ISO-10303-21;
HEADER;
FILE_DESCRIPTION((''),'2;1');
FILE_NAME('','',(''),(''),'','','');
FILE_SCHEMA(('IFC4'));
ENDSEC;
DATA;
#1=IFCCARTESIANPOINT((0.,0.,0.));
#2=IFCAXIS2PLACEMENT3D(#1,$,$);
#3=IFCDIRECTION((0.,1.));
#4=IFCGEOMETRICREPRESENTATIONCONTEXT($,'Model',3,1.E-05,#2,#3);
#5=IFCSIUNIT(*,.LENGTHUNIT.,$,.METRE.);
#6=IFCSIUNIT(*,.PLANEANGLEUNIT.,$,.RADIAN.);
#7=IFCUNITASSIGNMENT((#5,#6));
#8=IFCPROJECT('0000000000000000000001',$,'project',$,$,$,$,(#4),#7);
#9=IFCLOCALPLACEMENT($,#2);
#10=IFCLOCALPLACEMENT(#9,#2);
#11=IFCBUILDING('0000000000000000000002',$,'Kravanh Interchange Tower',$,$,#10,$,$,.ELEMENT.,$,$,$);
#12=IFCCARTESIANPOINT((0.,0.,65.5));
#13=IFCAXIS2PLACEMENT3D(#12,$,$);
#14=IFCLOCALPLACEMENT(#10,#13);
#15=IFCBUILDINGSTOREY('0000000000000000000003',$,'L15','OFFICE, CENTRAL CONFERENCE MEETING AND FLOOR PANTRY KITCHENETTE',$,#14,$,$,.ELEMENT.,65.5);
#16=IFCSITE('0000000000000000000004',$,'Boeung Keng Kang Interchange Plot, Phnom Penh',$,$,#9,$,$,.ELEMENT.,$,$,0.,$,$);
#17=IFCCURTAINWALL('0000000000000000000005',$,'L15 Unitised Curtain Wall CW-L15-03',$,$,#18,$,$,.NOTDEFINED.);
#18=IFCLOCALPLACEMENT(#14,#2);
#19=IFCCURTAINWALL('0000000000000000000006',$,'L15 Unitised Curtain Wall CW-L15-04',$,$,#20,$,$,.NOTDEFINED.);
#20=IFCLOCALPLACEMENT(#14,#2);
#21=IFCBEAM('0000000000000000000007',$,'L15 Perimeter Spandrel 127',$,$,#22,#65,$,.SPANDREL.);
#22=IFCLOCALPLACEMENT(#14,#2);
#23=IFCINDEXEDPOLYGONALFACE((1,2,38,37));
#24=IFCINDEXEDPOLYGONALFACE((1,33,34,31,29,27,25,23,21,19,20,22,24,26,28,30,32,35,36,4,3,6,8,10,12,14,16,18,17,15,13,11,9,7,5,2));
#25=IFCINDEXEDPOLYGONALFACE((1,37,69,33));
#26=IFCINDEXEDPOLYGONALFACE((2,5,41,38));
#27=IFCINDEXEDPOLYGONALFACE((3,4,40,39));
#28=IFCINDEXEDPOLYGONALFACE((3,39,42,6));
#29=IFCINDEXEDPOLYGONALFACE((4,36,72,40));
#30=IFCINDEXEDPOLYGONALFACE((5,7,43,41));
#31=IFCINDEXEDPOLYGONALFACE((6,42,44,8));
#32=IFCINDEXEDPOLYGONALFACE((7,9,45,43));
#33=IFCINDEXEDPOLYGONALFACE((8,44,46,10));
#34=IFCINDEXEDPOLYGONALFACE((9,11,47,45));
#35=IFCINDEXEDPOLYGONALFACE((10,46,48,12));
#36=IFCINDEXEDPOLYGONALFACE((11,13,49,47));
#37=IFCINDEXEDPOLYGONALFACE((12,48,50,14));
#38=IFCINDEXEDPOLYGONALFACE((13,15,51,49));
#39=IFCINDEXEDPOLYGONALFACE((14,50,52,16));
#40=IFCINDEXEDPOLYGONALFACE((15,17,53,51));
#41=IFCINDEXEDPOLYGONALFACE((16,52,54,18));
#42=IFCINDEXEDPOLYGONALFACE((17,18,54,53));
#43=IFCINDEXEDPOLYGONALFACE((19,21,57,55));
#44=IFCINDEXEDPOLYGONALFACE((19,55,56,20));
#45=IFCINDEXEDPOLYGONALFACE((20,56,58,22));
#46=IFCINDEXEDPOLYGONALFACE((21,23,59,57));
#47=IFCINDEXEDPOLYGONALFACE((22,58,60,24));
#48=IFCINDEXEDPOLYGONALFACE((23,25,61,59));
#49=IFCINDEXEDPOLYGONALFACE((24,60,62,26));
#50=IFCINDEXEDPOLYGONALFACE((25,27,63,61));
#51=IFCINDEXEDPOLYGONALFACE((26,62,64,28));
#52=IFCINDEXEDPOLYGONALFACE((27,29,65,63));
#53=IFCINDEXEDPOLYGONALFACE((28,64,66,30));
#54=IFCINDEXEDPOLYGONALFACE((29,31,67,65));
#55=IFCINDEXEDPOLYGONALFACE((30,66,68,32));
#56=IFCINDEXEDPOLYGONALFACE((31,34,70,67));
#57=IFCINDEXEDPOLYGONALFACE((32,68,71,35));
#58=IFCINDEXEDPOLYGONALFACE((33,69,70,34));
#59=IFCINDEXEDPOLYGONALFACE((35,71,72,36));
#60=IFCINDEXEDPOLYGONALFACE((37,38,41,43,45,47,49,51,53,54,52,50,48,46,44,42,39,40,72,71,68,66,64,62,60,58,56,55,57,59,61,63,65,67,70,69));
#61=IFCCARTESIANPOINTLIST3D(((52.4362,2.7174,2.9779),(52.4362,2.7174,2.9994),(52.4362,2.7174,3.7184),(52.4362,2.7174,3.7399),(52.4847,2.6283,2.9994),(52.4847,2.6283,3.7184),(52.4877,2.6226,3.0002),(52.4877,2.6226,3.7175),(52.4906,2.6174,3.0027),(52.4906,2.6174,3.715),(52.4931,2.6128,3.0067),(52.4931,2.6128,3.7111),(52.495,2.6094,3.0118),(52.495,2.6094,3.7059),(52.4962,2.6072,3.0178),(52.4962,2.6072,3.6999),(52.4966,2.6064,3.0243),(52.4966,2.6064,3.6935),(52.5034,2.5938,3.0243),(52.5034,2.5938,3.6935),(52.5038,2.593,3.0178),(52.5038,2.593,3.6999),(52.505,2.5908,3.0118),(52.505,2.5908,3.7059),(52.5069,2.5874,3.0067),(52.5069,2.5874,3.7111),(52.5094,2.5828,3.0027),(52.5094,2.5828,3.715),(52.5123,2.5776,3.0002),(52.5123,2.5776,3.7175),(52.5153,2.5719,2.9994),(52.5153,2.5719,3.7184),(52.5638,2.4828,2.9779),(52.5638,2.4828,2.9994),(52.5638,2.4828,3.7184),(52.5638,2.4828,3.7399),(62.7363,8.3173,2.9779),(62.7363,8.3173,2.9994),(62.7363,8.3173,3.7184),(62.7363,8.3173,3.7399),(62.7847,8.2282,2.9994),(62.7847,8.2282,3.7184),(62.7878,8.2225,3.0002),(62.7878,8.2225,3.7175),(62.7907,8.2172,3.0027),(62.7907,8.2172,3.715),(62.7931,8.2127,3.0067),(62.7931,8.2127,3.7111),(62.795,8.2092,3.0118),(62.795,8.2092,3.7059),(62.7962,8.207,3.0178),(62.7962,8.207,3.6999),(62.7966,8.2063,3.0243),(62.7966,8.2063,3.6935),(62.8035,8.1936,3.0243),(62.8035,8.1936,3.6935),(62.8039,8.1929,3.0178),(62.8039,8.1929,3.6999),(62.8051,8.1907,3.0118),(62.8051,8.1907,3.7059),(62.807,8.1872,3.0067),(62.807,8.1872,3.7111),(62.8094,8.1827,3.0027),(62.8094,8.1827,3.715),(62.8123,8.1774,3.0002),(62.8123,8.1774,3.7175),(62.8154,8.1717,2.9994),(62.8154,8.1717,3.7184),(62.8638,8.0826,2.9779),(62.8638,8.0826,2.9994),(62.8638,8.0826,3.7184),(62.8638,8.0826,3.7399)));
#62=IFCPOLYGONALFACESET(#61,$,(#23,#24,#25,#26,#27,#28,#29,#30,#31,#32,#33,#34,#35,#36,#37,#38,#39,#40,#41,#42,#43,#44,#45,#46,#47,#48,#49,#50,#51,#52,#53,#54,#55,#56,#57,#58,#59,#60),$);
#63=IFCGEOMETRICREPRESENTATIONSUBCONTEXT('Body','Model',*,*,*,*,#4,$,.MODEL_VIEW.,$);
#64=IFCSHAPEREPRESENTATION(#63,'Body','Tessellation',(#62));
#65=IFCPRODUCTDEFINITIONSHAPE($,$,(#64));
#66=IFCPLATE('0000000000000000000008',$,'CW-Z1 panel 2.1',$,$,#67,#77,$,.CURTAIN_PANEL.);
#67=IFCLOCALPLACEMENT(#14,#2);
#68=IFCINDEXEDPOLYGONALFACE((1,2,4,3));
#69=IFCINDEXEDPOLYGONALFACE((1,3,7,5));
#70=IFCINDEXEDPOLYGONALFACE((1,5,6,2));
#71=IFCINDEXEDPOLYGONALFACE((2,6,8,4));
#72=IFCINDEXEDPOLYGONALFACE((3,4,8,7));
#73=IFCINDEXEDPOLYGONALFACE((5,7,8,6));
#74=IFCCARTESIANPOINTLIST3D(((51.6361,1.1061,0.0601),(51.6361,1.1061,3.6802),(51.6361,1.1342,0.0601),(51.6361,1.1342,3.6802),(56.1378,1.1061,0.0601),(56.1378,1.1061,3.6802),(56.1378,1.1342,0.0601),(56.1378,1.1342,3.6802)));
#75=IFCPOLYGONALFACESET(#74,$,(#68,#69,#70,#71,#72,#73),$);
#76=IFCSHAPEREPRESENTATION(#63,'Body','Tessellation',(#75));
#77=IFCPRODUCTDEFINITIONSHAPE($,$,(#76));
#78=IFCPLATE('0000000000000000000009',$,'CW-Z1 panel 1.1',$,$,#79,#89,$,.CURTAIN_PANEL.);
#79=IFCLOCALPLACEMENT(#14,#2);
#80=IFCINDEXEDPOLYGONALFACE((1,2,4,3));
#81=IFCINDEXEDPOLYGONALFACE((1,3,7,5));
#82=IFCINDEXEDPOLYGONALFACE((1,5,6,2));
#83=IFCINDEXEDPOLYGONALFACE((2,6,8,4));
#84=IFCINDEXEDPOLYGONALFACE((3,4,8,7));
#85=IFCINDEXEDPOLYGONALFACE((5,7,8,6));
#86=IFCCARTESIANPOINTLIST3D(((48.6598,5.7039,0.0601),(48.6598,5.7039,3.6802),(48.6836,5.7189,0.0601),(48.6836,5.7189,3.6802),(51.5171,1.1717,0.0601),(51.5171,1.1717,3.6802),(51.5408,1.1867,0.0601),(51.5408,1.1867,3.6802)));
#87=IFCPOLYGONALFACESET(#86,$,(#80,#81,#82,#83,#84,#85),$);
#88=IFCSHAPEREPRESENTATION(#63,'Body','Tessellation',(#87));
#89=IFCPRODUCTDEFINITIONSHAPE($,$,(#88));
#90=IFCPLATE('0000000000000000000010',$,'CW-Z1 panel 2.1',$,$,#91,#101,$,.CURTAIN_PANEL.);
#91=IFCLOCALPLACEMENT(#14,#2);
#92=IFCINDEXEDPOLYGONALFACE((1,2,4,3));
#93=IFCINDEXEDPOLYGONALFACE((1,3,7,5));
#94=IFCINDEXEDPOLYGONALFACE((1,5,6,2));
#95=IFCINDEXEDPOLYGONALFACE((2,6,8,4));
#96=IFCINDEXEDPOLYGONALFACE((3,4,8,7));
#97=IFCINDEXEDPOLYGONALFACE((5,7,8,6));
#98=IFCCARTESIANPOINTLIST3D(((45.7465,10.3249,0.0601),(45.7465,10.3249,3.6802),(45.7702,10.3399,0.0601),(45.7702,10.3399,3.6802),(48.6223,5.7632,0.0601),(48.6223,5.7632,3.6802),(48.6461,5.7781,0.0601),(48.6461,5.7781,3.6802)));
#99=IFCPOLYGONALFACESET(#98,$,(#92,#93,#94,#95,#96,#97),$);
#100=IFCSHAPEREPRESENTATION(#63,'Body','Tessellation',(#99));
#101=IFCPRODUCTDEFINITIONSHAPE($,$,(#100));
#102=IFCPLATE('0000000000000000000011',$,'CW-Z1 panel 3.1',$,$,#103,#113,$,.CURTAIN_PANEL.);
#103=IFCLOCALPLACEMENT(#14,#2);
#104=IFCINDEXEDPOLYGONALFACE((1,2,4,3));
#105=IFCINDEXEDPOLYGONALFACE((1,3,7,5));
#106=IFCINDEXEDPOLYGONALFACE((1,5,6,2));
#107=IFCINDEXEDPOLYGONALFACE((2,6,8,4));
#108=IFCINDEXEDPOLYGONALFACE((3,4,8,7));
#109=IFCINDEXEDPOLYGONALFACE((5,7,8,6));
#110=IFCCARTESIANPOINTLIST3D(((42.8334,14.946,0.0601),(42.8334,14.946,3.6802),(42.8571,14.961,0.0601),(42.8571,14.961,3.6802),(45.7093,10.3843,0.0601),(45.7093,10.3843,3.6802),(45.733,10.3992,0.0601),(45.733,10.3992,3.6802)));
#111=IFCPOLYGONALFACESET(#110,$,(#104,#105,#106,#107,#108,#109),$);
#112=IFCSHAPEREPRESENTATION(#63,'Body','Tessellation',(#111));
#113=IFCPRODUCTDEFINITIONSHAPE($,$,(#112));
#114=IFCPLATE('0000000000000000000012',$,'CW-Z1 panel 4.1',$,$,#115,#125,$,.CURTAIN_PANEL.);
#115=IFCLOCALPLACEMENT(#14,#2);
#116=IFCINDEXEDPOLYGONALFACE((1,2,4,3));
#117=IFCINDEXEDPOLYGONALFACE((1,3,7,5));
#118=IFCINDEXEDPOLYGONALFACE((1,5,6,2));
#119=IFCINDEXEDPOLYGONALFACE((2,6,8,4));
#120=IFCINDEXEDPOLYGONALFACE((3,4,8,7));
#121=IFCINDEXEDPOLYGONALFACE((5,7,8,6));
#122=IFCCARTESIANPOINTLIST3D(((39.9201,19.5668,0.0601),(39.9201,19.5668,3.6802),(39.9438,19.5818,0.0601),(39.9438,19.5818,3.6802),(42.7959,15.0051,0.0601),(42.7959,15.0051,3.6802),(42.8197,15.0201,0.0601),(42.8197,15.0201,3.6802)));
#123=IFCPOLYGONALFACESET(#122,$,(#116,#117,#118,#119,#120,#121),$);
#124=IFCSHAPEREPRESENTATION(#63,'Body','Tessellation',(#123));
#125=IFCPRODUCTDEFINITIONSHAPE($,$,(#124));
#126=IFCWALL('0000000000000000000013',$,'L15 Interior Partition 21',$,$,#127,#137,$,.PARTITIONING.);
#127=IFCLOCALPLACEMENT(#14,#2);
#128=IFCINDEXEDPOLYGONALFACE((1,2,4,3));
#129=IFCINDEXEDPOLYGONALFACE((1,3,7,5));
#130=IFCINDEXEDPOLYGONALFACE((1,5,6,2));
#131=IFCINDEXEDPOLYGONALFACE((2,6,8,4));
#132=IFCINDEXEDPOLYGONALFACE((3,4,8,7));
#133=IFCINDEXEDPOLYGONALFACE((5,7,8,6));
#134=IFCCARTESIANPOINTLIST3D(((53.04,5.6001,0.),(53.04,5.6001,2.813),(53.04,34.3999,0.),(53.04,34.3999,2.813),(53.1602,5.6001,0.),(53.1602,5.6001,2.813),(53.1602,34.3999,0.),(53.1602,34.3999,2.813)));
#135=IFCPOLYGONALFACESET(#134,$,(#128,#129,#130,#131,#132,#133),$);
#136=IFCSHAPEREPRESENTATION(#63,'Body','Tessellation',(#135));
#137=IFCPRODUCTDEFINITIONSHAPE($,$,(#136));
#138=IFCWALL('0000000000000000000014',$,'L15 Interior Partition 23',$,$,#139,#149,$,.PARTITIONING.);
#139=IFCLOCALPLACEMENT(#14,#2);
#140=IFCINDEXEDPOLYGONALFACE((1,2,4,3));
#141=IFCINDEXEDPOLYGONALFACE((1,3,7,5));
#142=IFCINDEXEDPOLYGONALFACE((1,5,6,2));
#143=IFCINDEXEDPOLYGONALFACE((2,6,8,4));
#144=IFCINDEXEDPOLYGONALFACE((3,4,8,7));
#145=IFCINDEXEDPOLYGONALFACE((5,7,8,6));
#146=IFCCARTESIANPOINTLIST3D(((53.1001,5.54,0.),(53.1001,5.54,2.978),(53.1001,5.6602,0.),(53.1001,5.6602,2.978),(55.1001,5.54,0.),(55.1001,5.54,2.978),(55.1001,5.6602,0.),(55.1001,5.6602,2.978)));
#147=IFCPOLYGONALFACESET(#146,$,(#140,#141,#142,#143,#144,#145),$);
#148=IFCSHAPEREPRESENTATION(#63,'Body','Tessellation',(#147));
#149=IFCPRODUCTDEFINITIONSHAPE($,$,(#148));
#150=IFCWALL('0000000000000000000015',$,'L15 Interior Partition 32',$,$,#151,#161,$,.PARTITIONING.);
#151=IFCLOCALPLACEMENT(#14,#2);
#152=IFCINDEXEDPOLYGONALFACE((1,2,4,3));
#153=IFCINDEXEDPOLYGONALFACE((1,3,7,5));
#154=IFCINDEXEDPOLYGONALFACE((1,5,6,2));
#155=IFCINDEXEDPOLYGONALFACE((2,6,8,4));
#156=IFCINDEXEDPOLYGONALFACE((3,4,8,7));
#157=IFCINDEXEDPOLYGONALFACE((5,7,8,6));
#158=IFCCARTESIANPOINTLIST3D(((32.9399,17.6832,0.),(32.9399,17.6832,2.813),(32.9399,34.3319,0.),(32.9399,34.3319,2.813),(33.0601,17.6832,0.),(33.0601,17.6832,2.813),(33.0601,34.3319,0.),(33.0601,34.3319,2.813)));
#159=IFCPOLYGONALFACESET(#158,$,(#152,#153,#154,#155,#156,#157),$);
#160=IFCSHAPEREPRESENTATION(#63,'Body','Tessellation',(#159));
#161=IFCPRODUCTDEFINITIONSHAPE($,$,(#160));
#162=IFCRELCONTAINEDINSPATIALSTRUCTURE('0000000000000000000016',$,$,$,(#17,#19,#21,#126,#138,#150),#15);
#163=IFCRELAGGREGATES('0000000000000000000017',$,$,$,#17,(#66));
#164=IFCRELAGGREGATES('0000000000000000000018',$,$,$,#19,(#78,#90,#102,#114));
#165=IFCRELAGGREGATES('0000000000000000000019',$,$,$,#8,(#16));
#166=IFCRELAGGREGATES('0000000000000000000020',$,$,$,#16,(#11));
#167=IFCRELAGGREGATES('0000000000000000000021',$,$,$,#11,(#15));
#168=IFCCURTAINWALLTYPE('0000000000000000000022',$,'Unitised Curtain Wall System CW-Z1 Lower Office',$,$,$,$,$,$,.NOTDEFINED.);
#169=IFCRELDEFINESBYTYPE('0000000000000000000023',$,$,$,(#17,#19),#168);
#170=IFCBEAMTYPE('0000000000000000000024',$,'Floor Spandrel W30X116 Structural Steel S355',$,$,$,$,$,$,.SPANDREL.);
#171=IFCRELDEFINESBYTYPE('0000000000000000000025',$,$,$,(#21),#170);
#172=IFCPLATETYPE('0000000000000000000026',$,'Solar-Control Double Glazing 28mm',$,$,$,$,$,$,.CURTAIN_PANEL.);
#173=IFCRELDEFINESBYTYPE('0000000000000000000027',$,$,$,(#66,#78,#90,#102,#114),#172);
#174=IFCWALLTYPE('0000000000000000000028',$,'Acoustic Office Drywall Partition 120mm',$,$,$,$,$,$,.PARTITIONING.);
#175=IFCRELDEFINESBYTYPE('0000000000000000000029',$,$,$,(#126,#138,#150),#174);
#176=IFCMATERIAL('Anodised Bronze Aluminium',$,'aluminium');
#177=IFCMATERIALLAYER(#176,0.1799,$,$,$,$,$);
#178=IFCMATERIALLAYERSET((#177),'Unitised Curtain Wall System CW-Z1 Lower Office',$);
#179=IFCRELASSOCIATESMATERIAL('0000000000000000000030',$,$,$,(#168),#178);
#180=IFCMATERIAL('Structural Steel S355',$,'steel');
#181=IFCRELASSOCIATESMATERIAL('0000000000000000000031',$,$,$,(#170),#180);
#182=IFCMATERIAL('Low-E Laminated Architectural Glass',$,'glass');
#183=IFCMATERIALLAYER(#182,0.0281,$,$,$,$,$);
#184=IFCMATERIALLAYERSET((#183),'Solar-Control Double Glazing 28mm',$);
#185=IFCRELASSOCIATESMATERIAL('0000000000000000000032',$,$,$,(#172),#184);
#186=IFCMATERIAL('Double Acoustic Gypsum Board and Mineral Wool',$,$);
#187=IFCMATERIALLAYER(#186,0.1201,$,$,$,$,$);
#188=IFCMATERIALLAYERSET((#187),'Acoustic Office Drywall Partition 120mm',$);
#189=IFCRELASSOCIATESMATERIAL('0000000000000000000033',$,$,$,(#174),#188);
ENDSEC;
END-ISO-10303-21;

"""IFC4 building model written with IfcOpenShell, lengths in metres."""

from ifc_helpers import new_model, si_unit, direction, frame, frame_2d, origin, origin_2d, place, context, subcontext, project, spatial, rectangle, i_section, extrude, material, layer, layer_set, material_profile, profile_set, type_object, element, aggregate, save


model = new_model("IFC4")

# Units and contexts
model_context = context("Model", 3, precision=1e-05, world=origin(), true_north=direction((0.0, 1.0)))
body_context = subcontext(model_context, "Body", "Model", "MODEL_VIEW")
ifc_project = project(units=[si_unit("LENGTHUNIT", "METRE"), si_unit("PLANEANGLEUNIT", "RADIAN")], contexts=[model_context])

# Site, building, storey
site_placement = place(None, origin())
site = spatial("IfcSite", under=ifc_project, at=site_placement, Name="Boeung Keng Kang Interchange Plot, Phnom Penh", CompositionType="ELEMENT", RefElevation=0.0)
building_placement = place(site_placement, origin())
building = spatial("IfcBuilding", under=site, at=building_placement, Name="Kravanh Interchange Tower", CompositionType="ELEMENT")
storey_placement = place(building_placement, frame((0.0, 0.0, 65.5)))
storey = spatial("IfcBuildingStorey", under=building, at=storey_placement, Name="L15", Description="OFFICE, CENTRAL CONFERENCE MEETING AND FLOOR PANTRY KITCHENETTE", CompositionType="ELEMENT", Elevation=65.5)

# Curtain wall
ifc_material_1 = material(Name="Anodised Bronze Aluminium", Category="aluminium")
ifc_layer_1 = layer(ifc_material_1, 0.1799)
ifc_layer_set_1 = layer_set([ifc_layer_1], Name="Unitised Curtain Wall System CW-Z1 Lower Office")
curtain_wall_type = type_object("IfcCurtainWallType", Name="Unitised Curtain Wall System CW-Z1 Lower Office", PredefinedType="NOTDEFINED", material=ifc_layer_set_1)
curtain_wall_1_placement = place(storey_placement, origin())
curtain_wall_1 = element("IfcCurtainWall", 1, at=curtain_wall_1_placement, inside=storey, type_object=curtain_wall_type, Name="L15 Unitised Curtain Wall CW-L15-03", PredefinedType="NOTDEFINED")

# Curtain wall
curtain_wall_2_placement = place(storey_placement, origin())
curtain_wall_2 = element("IfcCurtainWall", 2, at=curtain_wall_2_placement, inside=storey, type_object=curtain_wall_type, Name="L15 Unitised Curtain Wall CW-L15-04", PredefinedType="NOTDEFINED")

# Beam
ifc_material_2 = material(Name="Structural Steel S355", Category="steel")
ifc_material_profile_1 = material_profile(ifc_material_2, i_section(OverallWidth=0.2671, OverallDepth=0.762, WebThickness=0.0144, FlangeThickness=0.0215, FilletRadius=0.0249, at=origin_2d()), Name="W30X116")
ifc_profile_set_1 = profile_set([ifc_material_profile_1], Name="Structural Steel S355")
beam_type = type_object("IfcBeamType", Name="Floor Spandrel W30X116 Structural Steel S355", PredefinedType="SPANDREL", material=ifc_profile_set_1)
beam_1_placement = place(storey_placement, frame((52.5, 2.6001, 3.3589), z_axis=(0.878553, 0.477645, 0.0), x_axis=(-0.477645, 0.878553, 0.0)))
element("IfcBeam", 3, at=beam_1_placement, inside=storey, type_object=beam_type, Name="L15 Perimeter Spandrel 127", PredefinedType="SPANDREL", context=body_context, shape_type="SweptSolid", body=[
    extrude(i_section(OverallWidth=0.2671, OverallDepth=0.762, WebThickness=0.0144, FlangeThickness=0.0215, FilletRadius=0.0249, at=origin_2d()), origin(), (0.0, 0.0, 1.0), 11.7239),
])

# Plates
ifc_material_3 = material(Name="Low-E Laminated Architectural Glass", Category="glass")
ifc_layer_2 = layer(ifc_material_3, 0.0281)
ifc_layer_set_2 = layer_set([ifc_layer_2], Name="Solar-Control Double Glazing 28mm")
plate_type = type_object("IfcPlateType", Name="Solar-Control Double Glazing 28mm", PredefinedType="CURTAIN_PANEL", material=ifc_layer_set_2)
plate_1_placement = place(storey_placement, frame((53.887, 1.1201, 0.0601), z_axis=(0.0, 0.0, 1.0), x_axis=(-1.0, 0.0, 0.0)))
plate_1 = element("IfcPlate", 4, at=plate_1_placement, type_object=plate_type, Name="CW-Z1 panel 2.1", PredefinedType="CURTAIN_PANEL", context=body_context, shape_type="SweptSolid", body=[
    extrude(rectangle(XDim=4.5017, YDim=0.0281, at=origin_2d()), origin(), (0.0, 0.0, 1.0), 3.6201),
])
aggregate(curtain_wall_1, [plate_1])
plate_2_placement = place(storey_placement, frame((50.1003, 3.4453, 0.0601), z_axis=(0.0, 0.0, 1.0), x_axis=(-0.533301, 0.845926, 0.0)))
plate_2 = element("IfcPlate", 5, at=plate_2_placement, type_object=plate_type, Name="CW-Z1 panel 1.1", PredefinedType="CURTAIN_PANEL", context=body_context, shape_type="SweptSolid", body=[
    extrude(rectangle(XDim=5.3577, YDim=0.0281, at=origin_2d()), origin(), (0.0, 0.0, 1.0), 3.6201),
])
plate_3_placement = place(storey_placement, frame((47.1963, 8.0515, 0.0601), z_axis=(0.0, 0.0, 1.0), x_axis=(-0.533301, 0.845926, 0.0)))
plate_3 = element("IfcPlate", 6, at=plate_3_placement, type_object=plate_type, Name="CW-Z1 panel 2.1", PredefinedType="CURTAIN_PANEL", context=body_context, shape_type="SweptSolid", body=[
    extrude(rectangle(XDim=5.3926, YDim=0.0281, at=origin_2d()), origin(), (0.0, 0.0, 1.0), 3.6201),
])
plate_4_placement = place(storey_placement, frame((44.2832, 12.6726, 0.0601), z_axis=(0.0, 0.0, 1.0), x_axis=(-0.533301, 0.845926, 0.0)))
plate_4 = element("IfcPlate", 7, at=plate_4_placement, type_object=plate_type, Name="CW-Z1 panel 3.1", PredefinedType="CURTAIN_PANEL", context=body_context, shape_type="SweptSolid", body=[
    extrude(rectangle(XDim=5.3926, YDim=0.0281, at=origin_2d()), origin(), (0.0, 0.0, 1.0), 3.6201),
])
plate_5_placement = place(storey_placement, frame((41.3699, 17.2935, 0.0601), z_axis=(0.0, 0.0, 1.0), x_axis=(-0.533301, 0.845926, 0.0)))
plate_5 = element("IfcPlate", 8, at=plate_5_placement, type_object=plate_type, Name="CW-Z1 panel 4.1", PredefinedType="CURTAIN_PANEL", context=body_context, shape_type="SweptSolid", body=[
    extrude(rectangle(XDim=5.3926, YDim=0.0281, at=origin_2d()), origin(), (0.0, 0.0, 1.0), 3.6201),
])
aggregate(curtain_wall_2, [plate_2, plate_3, plate_4, plate_5])

# Walls
ifc_material_4 = material(Name="Double Acoustic Gypsum Board and Mineral Wool")
ifc_layer_3 = layer(ifc_material_4, 0.1201)
ifc_layer_set_3 = layer_set([ifc_layer_3], Name="Acoustic Office Drywall Partition 120mm")
wall_type = type_object("IfcWallType", Name="Acoustic Office Drywall Partition 120mm", PredefinedType="PARTITIONING", material=ifc_layer_set_3)
wall_1_placement = place(storey_placement, frame((53.1001, 5.6001, 0.0), z_axis=(0.0, 0.0, 1.0), x_axis=(0.0, 1.0, 0.0)))
element("IfcWall", 9, at=wall_1_placement, inside=storey, type_object=wall_type, Name="L15 Interior Partition 21", PredefinedType="PARTITIONING", context=body_context, shape_type="SweptSolid", body=[
    extrude(rectangle(XDim=28.7998, YDim=0.1201, at=frame_2d((14.3999, 0.0))), origin(), (0.0, 0.0, 1.0), 2.813),
])
wall_2_placement = place(storey_placement, frame((53.1001, 5.6001, 0.0), z_axis=(0.0, 0.0, 1.0), x_axis=(1.0, 0.0, 0.0)))
element("IfcWall", 10, at=wall_2_placement, inside=storey, type_object=wall_type, Name="L15 Interior Partition 23", PredefinedType="PARTITIONING", context=body_context, shape_type="SweptSolid", body=[
    extrude(rectangle(XDim=2.0, YDim=0.1201, at=frame_2d((1.0, 0.0))), origin(), (0.0, 0.0, 1.0), 2.978),
])
wall_3_placement = place(storey_placement, frame((33.0, 17.6833, 0.0), z_axis=(0.0, 0.0, 1.0), x_axis=(0.0, 1.0, 0.0)))
element("IfcWall", 11, at=wall_3_placement, inside=storey, type_object=wall_type, Name="L15 Interior Partition 32", PredefinedType="PARTITIONING", context=body_context, shape_type="SweptSolid", body=[
    extrude(rectangle(XDim=16.6487, YDim=0.1201, at=frame_2d((8.3242, 0.0))), origin(), (0.0, 0.0, 1.0), 2.813),
])

save(model, "model.ifc")
